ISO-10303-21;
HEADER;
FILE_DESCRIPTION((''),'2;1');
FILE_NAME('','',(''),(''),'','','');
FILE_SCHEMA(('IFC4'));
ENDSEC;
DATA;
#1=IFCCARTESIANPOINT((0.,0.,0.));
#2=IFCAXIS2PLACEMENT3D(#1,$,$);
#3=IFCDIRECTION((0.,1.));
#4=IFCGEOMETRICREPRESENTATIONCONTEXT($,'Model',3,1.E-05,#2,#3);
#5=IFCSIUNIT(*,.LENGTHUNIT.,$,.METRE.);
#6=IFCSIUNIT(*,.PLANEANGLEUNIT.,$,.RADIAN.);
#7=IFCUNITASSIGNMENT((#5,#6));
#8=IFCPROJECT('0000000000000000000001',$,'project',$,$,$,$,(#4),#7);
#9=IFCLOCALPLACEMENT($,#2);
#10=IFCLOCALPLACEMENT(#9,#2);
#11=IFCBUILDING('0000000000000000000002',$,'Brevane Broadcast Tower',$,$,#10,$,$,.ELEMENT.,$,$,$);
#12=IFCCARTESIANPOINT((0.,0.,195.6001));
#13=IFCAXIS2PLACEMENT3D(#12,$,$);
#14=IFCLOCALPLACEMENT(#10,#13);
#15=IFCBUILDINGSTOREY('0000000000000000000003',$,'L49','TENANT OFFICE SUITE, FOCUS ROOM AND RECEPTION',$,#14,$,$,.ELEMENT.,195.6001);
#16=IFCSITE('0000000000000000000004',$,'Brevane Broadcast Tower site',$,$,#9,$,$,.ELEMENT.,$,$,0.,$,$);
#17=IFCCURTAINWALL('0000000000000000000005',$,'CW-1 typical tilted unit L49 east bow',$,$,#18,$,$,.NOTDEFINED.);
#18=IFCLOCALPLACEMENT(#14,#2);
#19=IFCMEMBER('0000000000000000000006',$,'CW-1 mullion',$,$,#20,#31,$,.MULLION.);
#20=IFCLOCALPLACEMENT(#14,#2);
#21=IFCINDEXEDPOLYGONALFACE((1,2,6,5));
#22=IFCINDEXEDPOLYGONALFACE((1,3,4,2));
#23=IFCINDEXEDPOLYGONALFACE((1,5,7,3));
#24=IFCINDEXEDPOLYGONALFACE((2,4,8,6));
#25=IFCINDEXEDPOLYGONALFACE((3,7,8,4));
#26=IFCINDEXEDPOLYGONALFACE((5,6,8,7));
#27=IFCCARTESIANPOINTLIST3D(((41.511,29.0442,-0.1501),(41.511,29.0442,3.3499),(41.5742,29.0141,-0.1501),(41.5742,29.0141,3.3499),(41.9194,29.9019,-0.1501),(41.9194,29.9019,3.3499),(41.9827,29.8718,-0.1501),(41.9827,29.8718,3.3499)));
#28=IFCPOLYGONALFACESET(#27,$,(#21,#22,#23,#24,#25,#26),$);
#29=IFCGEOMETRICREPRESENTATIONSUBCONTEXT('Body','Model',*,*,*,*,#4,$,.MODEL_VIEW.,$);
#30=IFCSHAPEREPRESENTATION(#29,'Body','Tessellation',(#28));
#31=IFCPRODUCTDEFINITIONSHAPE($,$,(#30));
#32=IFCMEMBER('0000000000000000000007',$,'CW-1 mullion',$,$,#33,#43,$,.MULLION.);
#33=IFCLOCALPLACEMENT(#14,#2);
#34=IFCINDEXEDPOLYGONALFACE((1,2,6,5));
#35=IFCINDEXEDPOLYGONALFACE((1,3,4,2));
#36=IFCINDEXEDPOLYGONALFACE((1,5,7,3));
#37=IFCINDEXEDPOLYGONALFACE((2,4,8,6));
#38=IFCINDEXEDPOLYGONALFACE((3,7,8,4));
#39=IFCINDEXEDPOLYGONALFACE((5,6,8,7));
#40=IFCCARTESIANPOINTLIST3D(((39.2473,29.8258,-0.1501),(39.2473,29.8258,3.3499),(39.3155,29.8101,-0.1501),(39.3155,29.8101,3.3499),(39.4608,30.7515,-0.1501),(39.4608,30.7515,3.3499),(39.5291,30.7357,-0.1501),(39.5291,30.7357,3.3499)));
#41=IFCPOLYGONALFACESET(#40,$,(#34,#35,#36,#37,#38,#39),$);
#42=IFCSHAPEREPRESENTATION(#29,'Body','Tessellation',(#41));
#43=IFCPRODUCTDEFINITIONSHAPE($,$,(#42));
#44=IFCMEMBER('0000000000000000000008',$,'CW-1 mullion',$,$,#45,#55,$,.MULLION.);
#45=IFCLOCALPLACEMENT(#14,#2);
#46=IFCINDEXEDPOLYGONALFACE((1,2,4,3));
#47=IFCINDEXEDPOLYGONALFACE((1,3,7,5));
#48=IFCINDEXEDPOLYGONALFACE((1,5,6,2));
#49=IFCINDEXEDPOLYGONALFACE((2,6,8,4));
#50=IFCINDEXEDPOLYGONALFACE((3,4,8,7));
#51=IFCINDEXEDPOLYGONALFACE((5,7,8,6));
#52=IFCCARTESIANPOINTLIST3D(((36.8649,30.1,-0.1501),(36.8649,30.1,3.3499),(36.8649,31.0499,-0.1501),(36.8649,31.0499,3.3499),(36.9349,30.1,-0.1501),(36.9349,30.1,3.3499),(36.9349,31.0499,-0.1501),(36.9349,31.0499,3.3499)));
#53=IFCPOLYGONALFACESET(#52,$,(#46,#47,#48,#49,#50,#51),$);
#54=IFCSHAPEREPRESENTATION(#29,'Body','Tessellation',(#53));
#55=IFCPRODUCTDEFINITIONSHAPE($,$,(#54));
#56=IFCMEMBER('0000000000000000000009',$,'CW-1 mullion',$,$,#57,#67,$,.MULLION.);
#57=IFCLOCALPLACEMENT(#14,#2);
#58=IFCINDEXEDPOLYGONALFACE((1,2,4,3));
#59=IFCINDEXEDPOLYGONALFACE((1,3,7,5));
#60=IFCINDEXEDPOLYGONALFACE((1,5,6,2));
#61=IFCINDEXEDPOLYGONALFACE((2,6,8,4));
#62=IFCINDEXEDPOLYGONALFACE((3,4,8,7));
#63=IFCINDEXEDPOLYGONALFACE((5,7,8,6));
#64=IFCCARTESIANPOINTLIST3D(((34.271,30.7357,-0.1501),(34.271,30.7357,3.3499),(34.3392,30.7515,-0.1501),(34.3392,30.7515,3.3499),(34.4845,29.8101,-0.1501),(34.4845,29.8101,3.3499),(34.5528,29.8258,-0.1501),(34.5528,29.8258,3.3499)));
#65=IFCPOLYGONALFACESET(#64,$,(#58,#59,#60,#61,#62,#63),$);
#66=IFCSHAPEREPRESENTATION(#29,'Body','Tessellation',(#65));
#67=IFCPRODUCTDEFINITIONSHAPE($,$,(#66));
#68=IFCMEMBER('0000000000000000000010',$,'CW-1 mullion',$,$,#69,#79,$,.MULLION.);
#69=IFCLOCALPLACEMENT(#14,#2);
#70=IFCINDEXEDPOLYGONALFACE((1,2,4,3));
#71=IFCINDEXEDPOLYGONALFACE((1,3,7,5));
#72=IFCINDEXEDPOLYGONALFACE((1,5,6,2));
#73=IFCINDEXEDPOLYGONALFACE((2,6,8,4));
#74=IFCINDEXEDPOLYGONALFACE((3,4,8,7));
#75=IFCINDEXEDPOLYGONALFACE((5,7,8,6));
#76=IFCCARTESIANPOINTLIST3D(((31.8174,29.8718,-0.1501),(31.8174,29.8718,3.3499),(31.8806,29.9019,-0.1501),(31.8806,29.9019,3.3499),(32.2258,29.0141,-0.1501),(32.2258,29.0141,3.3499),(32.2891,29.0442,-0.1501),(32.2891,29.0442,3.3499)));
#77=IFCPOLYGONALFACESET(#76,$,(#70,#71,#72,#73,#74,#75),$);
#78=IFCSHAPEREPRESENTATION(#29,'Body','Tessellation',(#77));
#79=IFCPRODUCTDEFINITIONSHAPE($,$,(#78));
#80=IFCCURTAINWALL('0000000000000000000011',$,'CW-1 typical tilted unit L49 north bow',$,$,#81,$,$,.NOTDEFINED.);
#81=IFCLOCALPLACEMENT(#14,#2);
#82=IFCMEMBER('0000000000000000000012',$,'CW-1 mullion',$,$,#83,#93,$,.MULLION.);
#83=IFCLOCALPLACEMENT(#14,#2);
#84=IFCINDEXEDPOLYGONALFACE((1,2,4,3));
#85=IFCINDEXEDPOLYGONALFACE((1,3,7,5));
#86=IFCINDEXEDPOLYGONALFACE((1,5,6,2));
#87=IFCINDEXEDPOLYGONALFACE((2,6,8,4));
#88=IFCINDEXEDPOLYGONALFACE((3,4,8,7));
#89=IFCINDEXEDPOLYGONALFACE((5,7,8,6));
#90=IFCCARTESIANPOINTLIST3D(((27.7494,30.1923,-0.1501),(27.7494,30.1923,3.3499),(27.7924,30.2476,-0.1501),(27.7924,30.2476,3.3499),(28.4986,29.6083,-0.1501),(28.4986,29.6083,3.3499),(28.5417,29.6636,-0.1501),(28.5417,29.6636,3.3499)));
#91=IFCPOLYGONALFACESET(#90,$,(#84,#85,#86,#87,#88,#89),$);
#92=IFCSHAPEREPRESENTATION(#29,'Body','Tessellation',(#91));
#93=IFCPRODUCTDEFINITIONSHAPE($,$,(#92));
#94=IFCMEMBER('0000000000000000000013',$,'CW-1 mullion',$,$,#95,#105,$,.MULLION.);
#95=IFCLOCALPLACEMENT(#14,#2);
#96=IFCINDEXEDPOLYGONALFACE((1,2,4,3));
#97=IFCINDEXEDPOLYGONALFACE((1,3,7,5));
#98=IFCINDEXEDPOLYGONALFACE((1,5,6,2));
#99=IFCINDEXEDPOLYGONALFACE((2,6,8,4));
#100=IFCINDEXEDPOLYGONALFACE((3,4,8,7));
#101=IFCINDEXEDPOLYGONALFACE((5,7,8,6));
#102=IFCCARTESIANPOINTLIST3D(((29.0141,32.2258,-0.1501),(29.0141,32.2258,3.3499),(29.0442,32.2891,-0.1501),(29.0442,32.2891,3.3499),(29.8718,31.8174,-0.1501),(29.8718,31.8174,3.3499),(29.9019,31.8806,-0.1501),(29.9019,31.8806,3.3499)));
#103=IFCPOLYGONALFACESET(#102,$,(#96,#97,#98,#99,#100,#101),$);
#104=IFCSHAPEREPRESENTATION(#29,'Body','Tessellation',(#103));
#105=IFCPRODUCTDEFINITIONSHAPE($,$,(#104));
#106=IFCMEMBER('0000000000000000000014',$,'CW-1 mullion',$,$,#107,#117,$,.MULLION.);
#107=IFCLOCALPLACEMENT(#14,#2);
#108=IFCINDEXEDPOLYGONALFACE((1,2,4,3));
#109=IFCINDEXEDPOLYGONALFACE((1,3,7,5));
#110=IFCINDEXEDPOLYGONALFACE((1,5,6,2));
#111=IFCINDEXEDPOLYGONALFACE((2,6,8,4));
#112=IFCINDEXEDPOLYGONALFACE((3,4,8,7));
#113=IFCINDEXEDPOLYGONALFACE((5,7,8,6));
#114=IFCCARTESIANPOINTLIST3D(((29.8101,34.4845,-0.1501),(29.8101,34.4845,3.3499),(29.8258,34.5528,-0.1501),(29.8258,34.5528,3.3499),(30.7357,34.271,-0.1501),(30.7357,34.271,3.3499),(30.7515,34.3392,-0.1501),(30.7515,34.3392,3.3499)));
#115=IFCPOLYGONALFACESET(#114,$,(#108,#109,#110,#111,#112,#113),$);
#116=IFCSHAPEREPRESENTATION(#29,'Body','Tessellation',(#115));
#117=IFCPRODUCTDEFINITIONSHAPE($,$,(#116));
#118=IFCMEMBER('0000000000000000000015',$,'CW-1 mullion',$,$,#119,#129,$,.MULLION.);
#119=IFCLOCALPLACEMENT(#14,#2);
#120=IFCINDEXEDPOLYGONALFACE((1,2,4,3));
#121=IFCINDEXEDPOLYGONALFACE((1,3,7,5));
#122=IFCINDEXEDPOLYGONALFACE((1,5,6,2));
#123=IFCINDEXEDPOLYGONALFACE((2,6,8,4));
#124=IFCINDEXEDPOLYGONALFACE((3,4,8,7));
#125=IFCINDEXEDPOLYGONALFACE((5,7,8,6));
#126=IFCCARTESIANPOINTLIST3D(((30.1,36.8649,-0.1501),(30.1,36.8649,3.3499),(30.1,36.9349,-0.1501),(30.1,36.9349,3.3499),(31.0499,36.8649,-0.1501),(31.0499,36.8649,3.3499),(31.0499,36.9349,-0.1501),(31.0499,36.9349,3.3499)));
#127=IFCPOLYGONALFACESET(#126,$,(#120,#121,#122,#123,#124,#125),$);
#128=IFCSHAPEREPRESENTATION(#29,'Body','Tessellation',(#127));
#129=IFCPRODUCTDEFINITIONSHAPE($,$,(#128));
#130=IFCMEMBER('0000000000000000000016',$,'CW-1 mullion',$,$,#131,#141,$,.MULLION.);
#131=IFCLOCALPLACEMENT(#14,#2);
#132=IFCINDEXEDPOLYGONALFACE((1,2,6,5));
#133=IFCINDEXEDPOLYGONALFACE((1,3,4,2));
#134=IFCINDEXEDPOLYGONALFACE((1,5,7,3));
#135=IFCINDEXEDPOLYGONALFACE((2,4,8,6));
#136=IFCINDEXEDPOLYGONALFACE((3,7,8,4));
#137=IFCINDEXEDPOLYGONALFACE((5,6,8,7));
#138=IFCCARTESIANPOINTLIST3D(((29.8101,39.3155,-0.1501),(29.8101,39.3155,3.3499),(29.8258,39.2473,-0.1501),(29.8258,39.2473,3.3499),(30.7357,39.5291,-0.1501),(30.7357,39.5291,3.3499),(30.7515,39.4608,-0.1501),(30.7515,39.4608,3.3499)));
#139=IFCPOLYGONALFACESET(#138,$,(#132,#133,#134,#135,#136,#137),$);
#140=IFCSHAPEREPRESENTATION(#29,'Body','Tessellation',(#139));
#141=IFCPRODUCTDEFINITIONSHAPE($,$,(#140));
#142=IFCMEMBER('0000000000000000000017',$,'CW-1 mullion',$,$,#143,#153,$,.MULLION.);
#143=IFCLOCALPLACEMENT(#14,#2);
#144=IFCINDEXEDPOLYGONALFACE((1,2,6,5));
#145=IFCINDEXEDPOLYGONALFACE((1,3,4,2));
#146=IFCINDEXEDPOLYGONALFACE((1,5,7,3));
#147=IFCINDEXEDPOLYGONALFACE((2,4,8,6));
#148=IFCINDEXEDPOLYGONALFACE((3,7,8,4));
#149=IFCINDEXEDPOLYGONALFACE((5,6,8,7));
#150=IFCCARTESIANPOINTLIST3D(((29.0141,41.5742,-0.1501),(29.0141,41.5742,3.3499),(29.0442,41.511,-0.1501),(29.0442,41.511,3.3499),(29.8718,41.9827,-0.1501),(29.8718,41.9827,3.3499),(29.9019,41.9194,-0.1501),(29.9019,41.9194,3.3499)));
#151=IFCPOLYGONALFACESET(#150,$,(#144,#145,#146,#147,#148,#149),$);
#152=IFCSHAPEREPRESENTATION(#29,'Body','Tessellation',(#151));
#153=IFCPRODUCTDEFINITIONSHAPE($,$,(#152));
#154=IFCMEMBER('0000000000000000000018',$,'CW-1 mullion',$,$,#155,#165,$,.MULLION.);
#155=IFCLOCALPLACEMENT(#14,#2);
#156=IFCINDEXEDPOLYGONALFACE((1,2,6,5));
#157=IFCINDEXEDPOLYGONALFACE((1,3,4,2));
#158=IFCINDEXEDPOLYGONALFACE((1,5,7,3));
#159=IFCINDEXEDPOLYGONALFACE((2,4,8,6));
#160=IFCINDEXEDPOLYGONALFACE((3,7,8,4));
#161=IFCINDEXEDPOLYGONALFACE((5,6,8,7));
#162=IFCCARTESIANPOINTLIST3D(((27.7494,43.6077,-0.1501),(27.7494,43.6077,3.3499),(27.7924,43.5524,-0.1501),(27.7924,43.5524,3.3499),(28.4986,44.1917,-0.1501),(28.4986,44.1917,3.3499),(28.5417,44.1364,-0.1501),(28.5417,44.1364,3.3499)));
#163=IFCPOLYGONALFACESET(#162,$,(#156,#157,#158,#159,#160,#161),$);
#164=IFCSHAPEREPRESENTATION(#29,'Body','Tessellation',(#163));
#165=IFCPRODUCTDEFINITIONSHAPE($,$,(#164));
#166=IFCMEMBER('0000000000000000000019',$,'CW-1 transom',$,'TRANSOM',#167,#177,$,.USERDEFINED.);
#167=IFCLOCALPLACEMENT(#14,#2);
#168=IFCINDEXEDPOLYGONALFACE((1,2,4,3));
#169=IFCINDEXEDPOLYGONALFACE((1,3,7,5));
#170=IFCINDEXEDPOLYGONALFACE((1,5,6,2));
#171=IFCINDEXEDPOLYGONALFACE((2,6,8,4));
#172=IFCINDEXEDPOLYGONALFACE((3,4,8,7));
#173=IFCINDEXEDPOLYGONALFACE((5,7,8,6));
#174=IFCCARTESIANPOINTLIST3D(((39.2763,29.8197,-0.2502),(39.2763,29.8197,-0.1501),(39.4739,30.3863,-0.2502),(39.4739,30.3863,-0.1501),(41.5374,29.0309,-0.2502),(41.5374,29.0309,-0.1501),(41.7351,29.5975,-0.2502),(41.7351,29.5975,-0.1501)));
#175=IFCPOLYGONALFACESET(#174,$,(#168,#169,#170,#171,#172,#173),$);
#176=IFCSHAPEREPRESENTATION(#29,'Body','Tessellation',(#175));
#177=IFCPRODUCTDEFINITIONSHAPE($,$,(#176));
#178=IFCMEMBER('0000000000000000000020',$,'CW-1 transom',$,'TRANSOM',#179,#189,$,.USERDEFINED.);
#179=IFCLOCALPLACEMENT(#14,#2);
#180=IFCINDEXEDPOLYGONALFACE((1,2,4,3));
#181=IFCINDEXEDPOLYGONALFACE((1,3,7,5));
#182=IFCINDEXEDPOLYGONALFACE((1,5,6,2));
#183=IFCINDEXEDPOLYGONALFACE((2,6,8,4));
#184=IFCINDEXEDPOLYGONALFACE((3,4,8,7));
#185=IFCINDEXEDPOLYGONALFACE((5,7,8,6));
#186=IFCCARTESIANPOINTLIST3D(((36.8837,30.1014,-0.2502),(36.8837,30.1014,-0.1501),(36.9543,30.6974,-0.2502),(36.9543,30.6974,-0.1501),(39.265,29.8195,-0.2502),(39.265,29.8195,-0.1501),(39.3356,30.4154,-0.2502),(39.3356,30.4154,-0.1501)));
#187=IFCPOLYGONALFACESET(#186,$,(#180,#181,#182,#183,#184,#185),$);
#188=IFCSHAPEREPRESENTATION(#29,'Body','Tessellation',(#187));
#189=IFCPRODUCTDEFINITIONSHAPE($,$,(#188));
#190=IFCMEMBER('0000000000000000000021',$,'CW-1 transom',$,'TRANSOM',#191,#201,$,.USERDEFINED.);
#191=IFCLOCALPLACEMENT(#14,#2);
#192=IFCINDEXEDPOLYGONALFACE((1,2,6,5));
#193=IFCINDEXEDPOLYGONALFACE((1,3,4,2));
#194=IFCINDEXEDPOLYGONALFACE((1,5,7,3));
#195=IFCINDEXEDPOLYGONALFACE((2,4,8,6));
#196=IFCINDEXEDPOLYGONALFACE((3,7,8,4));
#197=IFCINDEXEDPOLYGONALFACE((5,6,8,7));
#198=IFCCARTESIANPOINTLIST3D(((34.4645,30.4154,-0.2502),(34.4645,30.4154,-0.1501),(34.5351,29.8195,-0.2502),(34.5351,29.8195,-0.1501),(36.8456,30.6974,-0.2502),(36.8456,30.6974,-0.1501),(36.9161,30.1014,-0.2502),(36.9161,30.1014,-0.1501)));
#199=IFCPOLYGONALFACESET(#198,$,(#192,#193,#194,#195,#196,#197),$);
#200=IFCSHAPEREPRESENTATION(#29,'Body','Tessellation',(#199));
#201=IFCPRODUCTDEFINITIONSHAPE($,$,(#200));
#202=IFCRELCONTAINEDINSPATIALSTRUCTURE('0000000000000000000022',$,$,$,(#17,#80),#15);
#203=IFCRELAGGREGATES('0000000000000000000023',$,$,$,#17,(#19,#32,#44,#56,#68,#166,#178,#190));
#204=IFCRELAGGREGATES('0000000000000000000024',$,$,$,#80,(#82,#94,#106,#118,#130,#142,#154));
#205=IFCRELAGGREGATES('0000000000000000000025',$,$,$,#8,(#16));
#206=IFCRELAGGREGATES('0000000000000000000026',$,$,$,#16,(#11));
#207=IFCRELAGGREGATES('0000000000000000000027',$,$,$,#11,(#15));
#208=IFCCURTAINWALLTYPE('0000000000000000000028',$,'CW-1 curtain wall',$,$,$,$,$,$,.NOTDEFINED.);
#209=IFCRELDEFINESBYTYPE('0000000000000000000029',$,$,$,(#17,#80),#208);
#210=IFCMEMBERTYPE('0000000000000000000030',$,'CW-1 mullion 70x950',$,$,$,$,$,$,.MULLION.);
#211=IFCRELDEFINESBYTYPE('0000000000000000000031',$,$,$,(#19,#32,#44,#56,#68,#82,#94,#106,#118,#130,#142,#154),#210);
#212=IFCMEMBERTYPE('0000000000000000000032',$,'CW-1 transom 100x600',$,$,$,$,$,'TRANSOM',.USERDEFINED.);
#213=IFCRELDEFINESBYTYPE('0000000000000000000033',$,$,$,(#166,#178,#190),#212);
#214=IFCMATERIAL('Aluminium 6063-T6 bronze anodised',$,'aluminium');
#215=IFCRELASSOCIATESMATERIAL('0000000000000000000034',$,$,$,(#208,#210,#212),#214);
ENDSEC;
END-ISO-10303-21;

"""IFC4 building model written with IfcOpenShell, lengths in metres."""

from ifc_helpers import new_model, si_unit, direction, frame, origin, origin_2d, place, context, subcontext, project, spatial, rectangle, extrude, material, material_profile, profile_set, type_object, element, aggregate, save


model = new_model("IFC4")

# Units and contexts
model_context = context("Model", 3, precision=1e-05, world=origin(), true_north=direction((0.0, 1.0)))
body_context = subcontext(model_context, "Body", "Model", "MODEL_VIEW")
ifc_project = project(units=[si_unit("LENGTHUNIT", "METRE"), si_unit("PLANEANGLEUNIT", "RADIAN")], contexts=[model_context])

# Site, building, storey
site_placement = place(None, origin())
site = spatial("IfcSite", under=ifc_project, at=site_placement, Name="Brevane Broadcast Tower site", CompositionType="ELEMENT", RefElevation=0.0)
building_placement = place(site_placement, origin())
building = spatial("IfcBuilding", under=site, at=building_placement, Name="Brevane Broadcast Tower", CompositionType="ELEMENT")
storey_placement = place(building_placement, frame((0.0, 0.0, 195.6001)))
storey = spatial("IfcBuildingStorey", under=building, at=storey_placement, Name="L49", Description="TENANT OFFICE SUITE, FOCUS ROOM AND RECEPTION", CompositionType="ELEMENT", Elevation=195.6001)

# Curtain walls, members
ifc_material_1 = material(Name="Aluminium 6063-T6 bronze anodised", Category="aluminium")
curtain_wall_type = type_object("IfcCurtainWallType", Name="CW-1 curtain wall", PredefinedType="NOTDEFINED", material=ifc_material_1)
curtain_wall_1_placement = place(storey_placement, origin())
curtain_wall_1 = element("IfcCurtainWall", 1, at=curtain_wall_1_placement, inside=storey, type_object=curtain_wall_type, Name="CW-1 typical tilted unit L49 east bow", PredefinedType="NOTDEFINED")
ifc_material_profile_1 = material_profile(ifc_material_1, rectangle(XDim=0.95, YDim=0.0701, at=origin_2d()), Name="RECT 70x950")
ifc_profile_set_1 = profile_set([ifc_material_profile_1], Name="Aluminium 6063-T6 bronze anodised")
member_type_1 = type_object("IfcMemberType", Name="CW-1 mullion 70x950", PredefinedType="MULLION", material=ifc_profile_set_1)
member_1_placement = place(storey_placement, frame((41.7468, 29.458, -0.1501), z_axis=(0.0, 0.0, 1.0), x_axis=(-0.429934, -0.902861, 0.0)))
member_1 = element("IfcMember", 2, at=member_1_placement, type_object=member_type_1, Name="CW-1 mullion", PredefinedType="MULLION", context=body_context, shape_type="SweptSolid", body=[
    extrude(rectangle(XDim=0.95, YDim=0.0701, at=origin_2d()), origin(), (0.0, 0.0, 1.0), 3.5),
])
member_2_placement = place(storey_placement, frame((39.3882, 30.2808, -0.1501), z_axis=(0.0, 0.0, 1.0), x_axis=(-0.224807, -0.974403, 0.0)))
member_2 = element("IfcMember", 3, at=member_2_placement, type_object=member_type_1, Name="CW-1 mullion", PredefinedType="MULLION", context=body_context, shape_type="SweptSolid", body=[
    extrude(rectangle(XDim=0.95, YDim=0.0701, at=origin_2d()), origin(), (0.0, 0.0, 1.0), 3.5),
])
member_3_placement = place(storey_placement, frame((36.8999, 30.575, -0.1501), z_axis=(0.0, 0.0, 1.0), x_axis=(0.0, -1.0, 0.0)))
member_3 = element("IfcMember", 4, at=member_3_placement, type_object=member_type_1, Name="CW-1 mullion", PredefinedType="MULLION", context=body_context, shape_type="SweptSolid", body=[
    extrude(rectangle(XDim=0.95, YDim=0.0701, at=origin_2d()), origin(), (0.0, 0.0, 1.0), 3.5),
])
member_4_placement = place(storey_placement, frame((34.4119, 30.2808, -0.1501), z_axis=(0.0, 0.0, 1.0), x_axis=(0.224807, -0.974403, 0.0)))
member_4 = element("IfcMember", 5, at=member_4_placement, type_object=member_type_1, Name="CW-1 mullion", PredefinedType="MULLION", context=body_context, shape_type="SweptSolid", body=[
    extrude(rectangle(XDim=0.95, YDim=0.0701, at=origin_2d()), origin(), (0.0, 0.0, 1.0), 3.5),
])
member_5_placement = place(storey_placement, frame((32.0532, 29.458, -0.1501), z_axis=(0.0, 0.0, 1.0), x_axis=(0.429934, -0.902861, 0.0)))
member_5 = element("IfcMember", 6, at=member_5_placement, type_object=member_type_1, Name="CW-1 mullion", PredefinedType="MULLION", context=body_context, shape_type="SweptSolid", body=[
    extrude(rectangle(XDim=0.95, YDim=0.0701, at=origin_2d()), origin(), (0.0, 0.0, 1.0), 3.5),
])
curtain_wall_2_placement = place(storey_placement, origin())
curtain_wall_2 = element("IfcCurtainWall", 7, at=curtain_wall_2_placement, inside=storey, type_object=curtain_wall_type, Name="CW-1 typical tilted unit L49 north bow", PredefinedType="NOTDEFINED")
member_6_placement = place(storey_placement, frame((28.1455, 29.928, -0.1501), z_axis=(0.0, 0.0, 1.0), x_axis=(-0.788707, 0.61477, 0.0)))
member_6 = element("IfcMember", 8, at=member_6_placement, type_object=member_type_1, Name="CW-1 mullion", PredefinedType="MULLION", context=body_context, shape_type="SweptSolid", body=[
    extrude(rectangle(XDim=0.95, YDim=0.0701, at=origin_2d()), origin(), (0.0, 0.0, 1.0), 3.5),
])
member_7_placement = place(storey_placement, frame((29.458, 32.0532, -0.1501), z_axis=(0.0, 0.0, 1.0), x_axis=(-0.902861, 0.429934, 0.0)))
member_7 = element("IfcMember", 9, at=member_7_placement, type_object=member_type_1, Name="CW-1 mullion", PredefinedType="MULLION", context=body_context, shape_type="SweptSolid", body=[
    extrude(rectangle(XDim=0.95, YDim=0.0701, at=origin_2d()), origin(), (0.0, 0.0, 1.0), 3.5),
])
member_8_placement = place(storey_placement, frame((30.2808, 34.4119, -0.1501), z_axis=(0.0, 0.0, 1.0), x_axis=(-0.974403, 0.224807, 0.0)))
member_8 = element("IfcMember", 10, at=member_8_placement, type_object=member_type_1, Name="CW-1 mullion", PredefinedType="MULLION", context=body_context, shape_type="SweptSolid", body=[
    extrude(rectangle(XDim=0.95, YDim=0.0701, at=origin_2d()), origin(), (0.0, 0.0, 1.0), 3.5),
])
member_9_placement = place(storey_placement, frame((30.575, 36.8999, -0.1501), z_axis=(0.0, 0.0, 1.0), x_axis=(-1.0, 0.0, 0.0)))
member_9 = element("IfcMember", 11, at=member_9_placement, type_object=member_type_1, Name="CW-1 mullion", PredefinedType="MULLION", context=body_context, shape_type="SweptSolid", body=[
    extrude(rectangle(XDim=0.95, YDim=0.0701, at=origin_2d()), origin(), (0.0, 0.0, 1.0), 3.5),
])
member_10_placement = place(storey_placement, frame((30.2808, 39.3882, -0.1501), z_axis=(0.0, 0.0, 1.0), x_axis=(-0.974403, -0.224807, 0.0)))
member_10 = element("IfcMember", 12, at=member_10_placement, type_object=member_type_1, Name="CW-1 mullion", PredefinedType="MULLION", context=body_context, shape_type="SweptSolid", body=[
    extrude(rectangle(XDim=0.95, YDim=0.0701, at=origin_2d()), origin(), (0.0, 0.0, 1.0), 3.5),
])
member_11_placement = place(storey_placement, frame((29.458, 41.7468, -0.1501), z_axis=(0.0, 0.0, 1.0), x_axis=(-0.902861, -0.429934, 0.0)))
member_11 = element("IfcMember", 13, at=member_11_placement, type_object=member_type_1, Name="CW-1 mullion", PredefinedType="MULLION", context=body_context, shape_type="SweptSolid", body=[
    extrude(rectangle(XDim=0.95, YDim=0.0701, at=origin_2d()), origin(), (0.0, 0.0, 1.0), 3.5),
])
member_12_placement = place(storey_placement, frame((28.1455, 43.8721, -0.1501), z_axis=(0.0, 0.0, 1.0), x_axis=(-0.788707, -0.61477, 0.0)))
member_12 = element("IfcMember", 14, at=member_12_placement, type_object=member_type_1, Name="CW-1 mullion", PredefinedType="MULLION", context=body_context, shape_type="SweptSolid", body=[
    extrude(rectangle(XDim=0.95, YDim=0.0701, at=origin_2d()), origin(), (0.0, 0.0, 1.0), 3.5),
])

# Members
ifc_material_profile_2 = material_profile(ifc_material_1, rectangle(XDim=0.6001, YDim=0.1001, at=origin_2d()), Name="RECT 100x600")
ifc_profile_set_2 = profile_set([ifc_material_profile_2], Name="Aluminium 6063-T6 bronze anodised")
member_type_2 = type_object("IfcMemberType", Name="CW-1 transom 100x600", ElementType="TRANSOM", PredefinedType="USERDEFINED", material=ifc_profile_set_2)
member_13_placement = place(storey_placement, frame((41.6362, 29.3142, -0.2002), z_axis=(-0.944198, 0.329378, 0.0), x_axis=(-0.329378, -0.944198, 0.0)))
member_13 = element("IfcMember", 15, at=member_13_placement, type_object=member_type_2, Name="CW-1 transom", ObjectType="TRANSOM", PredefinedType="USERDEFINED", context=body_context, shape_type="SweptSolid", body=[
    extrude(rectangle(XDim=0.6001, YDim=0.1001, at=origin_2d()), origin(), (0.0, 0.0, 1.0), 2.3948),
])
member_14_placement = place(storey_placement, frame((39.3003, 30.1174, -0.2002), z_axis=(-0.993062, 0.117591, 0.0), x_axis=(-0.117591, -0.993062, 0.0)))
member_14 = element("IfcMember", 16, at=member_14_placement, type_object=member_type_2, Name="CW-1 transom", ObjectType="TRANSOM", PredefinedType="USERDEFINED", context=body_context, shape_type="SweptSolid", body=[
    extrude(rectangle(XDim=0.6001, YDim=0.1001, at=origin_2d()), origin(), (0.0, 0.0, 1.0), 2.3979),
])
member_15_placement = place(storey_placement, frame((36.8809, 30.3994, -0.2002), z_axis=(-0.993061, -0.117603, 0.0), x_axis=(0.117603, -0.993061, 0.0)))
member_15 = element("IfcMember", 17, at=member_15_placement, type_object=member_type_2, Name="CW-1 transom", ObjectType="TRANSOM", PredefinedType="USERDEFINED", context=body_context, shape_type="SweptSolid", body=[
    extrude(rectangle(XDim=0.6001, YDim=0.1001, at=origin_2d()), origin(), (0.0, 0.0, 1.0), 2.3977),
])
aggregate(curtain_wall_1, [member_1, member_2, member_3, member_4, member_5, member_13, member_14, member_15])
aggregate(curtain_wall_2, [member_6, member_7, member_8, member_9, member_10, member_11, member_12])

save(model, "model.ifc")
